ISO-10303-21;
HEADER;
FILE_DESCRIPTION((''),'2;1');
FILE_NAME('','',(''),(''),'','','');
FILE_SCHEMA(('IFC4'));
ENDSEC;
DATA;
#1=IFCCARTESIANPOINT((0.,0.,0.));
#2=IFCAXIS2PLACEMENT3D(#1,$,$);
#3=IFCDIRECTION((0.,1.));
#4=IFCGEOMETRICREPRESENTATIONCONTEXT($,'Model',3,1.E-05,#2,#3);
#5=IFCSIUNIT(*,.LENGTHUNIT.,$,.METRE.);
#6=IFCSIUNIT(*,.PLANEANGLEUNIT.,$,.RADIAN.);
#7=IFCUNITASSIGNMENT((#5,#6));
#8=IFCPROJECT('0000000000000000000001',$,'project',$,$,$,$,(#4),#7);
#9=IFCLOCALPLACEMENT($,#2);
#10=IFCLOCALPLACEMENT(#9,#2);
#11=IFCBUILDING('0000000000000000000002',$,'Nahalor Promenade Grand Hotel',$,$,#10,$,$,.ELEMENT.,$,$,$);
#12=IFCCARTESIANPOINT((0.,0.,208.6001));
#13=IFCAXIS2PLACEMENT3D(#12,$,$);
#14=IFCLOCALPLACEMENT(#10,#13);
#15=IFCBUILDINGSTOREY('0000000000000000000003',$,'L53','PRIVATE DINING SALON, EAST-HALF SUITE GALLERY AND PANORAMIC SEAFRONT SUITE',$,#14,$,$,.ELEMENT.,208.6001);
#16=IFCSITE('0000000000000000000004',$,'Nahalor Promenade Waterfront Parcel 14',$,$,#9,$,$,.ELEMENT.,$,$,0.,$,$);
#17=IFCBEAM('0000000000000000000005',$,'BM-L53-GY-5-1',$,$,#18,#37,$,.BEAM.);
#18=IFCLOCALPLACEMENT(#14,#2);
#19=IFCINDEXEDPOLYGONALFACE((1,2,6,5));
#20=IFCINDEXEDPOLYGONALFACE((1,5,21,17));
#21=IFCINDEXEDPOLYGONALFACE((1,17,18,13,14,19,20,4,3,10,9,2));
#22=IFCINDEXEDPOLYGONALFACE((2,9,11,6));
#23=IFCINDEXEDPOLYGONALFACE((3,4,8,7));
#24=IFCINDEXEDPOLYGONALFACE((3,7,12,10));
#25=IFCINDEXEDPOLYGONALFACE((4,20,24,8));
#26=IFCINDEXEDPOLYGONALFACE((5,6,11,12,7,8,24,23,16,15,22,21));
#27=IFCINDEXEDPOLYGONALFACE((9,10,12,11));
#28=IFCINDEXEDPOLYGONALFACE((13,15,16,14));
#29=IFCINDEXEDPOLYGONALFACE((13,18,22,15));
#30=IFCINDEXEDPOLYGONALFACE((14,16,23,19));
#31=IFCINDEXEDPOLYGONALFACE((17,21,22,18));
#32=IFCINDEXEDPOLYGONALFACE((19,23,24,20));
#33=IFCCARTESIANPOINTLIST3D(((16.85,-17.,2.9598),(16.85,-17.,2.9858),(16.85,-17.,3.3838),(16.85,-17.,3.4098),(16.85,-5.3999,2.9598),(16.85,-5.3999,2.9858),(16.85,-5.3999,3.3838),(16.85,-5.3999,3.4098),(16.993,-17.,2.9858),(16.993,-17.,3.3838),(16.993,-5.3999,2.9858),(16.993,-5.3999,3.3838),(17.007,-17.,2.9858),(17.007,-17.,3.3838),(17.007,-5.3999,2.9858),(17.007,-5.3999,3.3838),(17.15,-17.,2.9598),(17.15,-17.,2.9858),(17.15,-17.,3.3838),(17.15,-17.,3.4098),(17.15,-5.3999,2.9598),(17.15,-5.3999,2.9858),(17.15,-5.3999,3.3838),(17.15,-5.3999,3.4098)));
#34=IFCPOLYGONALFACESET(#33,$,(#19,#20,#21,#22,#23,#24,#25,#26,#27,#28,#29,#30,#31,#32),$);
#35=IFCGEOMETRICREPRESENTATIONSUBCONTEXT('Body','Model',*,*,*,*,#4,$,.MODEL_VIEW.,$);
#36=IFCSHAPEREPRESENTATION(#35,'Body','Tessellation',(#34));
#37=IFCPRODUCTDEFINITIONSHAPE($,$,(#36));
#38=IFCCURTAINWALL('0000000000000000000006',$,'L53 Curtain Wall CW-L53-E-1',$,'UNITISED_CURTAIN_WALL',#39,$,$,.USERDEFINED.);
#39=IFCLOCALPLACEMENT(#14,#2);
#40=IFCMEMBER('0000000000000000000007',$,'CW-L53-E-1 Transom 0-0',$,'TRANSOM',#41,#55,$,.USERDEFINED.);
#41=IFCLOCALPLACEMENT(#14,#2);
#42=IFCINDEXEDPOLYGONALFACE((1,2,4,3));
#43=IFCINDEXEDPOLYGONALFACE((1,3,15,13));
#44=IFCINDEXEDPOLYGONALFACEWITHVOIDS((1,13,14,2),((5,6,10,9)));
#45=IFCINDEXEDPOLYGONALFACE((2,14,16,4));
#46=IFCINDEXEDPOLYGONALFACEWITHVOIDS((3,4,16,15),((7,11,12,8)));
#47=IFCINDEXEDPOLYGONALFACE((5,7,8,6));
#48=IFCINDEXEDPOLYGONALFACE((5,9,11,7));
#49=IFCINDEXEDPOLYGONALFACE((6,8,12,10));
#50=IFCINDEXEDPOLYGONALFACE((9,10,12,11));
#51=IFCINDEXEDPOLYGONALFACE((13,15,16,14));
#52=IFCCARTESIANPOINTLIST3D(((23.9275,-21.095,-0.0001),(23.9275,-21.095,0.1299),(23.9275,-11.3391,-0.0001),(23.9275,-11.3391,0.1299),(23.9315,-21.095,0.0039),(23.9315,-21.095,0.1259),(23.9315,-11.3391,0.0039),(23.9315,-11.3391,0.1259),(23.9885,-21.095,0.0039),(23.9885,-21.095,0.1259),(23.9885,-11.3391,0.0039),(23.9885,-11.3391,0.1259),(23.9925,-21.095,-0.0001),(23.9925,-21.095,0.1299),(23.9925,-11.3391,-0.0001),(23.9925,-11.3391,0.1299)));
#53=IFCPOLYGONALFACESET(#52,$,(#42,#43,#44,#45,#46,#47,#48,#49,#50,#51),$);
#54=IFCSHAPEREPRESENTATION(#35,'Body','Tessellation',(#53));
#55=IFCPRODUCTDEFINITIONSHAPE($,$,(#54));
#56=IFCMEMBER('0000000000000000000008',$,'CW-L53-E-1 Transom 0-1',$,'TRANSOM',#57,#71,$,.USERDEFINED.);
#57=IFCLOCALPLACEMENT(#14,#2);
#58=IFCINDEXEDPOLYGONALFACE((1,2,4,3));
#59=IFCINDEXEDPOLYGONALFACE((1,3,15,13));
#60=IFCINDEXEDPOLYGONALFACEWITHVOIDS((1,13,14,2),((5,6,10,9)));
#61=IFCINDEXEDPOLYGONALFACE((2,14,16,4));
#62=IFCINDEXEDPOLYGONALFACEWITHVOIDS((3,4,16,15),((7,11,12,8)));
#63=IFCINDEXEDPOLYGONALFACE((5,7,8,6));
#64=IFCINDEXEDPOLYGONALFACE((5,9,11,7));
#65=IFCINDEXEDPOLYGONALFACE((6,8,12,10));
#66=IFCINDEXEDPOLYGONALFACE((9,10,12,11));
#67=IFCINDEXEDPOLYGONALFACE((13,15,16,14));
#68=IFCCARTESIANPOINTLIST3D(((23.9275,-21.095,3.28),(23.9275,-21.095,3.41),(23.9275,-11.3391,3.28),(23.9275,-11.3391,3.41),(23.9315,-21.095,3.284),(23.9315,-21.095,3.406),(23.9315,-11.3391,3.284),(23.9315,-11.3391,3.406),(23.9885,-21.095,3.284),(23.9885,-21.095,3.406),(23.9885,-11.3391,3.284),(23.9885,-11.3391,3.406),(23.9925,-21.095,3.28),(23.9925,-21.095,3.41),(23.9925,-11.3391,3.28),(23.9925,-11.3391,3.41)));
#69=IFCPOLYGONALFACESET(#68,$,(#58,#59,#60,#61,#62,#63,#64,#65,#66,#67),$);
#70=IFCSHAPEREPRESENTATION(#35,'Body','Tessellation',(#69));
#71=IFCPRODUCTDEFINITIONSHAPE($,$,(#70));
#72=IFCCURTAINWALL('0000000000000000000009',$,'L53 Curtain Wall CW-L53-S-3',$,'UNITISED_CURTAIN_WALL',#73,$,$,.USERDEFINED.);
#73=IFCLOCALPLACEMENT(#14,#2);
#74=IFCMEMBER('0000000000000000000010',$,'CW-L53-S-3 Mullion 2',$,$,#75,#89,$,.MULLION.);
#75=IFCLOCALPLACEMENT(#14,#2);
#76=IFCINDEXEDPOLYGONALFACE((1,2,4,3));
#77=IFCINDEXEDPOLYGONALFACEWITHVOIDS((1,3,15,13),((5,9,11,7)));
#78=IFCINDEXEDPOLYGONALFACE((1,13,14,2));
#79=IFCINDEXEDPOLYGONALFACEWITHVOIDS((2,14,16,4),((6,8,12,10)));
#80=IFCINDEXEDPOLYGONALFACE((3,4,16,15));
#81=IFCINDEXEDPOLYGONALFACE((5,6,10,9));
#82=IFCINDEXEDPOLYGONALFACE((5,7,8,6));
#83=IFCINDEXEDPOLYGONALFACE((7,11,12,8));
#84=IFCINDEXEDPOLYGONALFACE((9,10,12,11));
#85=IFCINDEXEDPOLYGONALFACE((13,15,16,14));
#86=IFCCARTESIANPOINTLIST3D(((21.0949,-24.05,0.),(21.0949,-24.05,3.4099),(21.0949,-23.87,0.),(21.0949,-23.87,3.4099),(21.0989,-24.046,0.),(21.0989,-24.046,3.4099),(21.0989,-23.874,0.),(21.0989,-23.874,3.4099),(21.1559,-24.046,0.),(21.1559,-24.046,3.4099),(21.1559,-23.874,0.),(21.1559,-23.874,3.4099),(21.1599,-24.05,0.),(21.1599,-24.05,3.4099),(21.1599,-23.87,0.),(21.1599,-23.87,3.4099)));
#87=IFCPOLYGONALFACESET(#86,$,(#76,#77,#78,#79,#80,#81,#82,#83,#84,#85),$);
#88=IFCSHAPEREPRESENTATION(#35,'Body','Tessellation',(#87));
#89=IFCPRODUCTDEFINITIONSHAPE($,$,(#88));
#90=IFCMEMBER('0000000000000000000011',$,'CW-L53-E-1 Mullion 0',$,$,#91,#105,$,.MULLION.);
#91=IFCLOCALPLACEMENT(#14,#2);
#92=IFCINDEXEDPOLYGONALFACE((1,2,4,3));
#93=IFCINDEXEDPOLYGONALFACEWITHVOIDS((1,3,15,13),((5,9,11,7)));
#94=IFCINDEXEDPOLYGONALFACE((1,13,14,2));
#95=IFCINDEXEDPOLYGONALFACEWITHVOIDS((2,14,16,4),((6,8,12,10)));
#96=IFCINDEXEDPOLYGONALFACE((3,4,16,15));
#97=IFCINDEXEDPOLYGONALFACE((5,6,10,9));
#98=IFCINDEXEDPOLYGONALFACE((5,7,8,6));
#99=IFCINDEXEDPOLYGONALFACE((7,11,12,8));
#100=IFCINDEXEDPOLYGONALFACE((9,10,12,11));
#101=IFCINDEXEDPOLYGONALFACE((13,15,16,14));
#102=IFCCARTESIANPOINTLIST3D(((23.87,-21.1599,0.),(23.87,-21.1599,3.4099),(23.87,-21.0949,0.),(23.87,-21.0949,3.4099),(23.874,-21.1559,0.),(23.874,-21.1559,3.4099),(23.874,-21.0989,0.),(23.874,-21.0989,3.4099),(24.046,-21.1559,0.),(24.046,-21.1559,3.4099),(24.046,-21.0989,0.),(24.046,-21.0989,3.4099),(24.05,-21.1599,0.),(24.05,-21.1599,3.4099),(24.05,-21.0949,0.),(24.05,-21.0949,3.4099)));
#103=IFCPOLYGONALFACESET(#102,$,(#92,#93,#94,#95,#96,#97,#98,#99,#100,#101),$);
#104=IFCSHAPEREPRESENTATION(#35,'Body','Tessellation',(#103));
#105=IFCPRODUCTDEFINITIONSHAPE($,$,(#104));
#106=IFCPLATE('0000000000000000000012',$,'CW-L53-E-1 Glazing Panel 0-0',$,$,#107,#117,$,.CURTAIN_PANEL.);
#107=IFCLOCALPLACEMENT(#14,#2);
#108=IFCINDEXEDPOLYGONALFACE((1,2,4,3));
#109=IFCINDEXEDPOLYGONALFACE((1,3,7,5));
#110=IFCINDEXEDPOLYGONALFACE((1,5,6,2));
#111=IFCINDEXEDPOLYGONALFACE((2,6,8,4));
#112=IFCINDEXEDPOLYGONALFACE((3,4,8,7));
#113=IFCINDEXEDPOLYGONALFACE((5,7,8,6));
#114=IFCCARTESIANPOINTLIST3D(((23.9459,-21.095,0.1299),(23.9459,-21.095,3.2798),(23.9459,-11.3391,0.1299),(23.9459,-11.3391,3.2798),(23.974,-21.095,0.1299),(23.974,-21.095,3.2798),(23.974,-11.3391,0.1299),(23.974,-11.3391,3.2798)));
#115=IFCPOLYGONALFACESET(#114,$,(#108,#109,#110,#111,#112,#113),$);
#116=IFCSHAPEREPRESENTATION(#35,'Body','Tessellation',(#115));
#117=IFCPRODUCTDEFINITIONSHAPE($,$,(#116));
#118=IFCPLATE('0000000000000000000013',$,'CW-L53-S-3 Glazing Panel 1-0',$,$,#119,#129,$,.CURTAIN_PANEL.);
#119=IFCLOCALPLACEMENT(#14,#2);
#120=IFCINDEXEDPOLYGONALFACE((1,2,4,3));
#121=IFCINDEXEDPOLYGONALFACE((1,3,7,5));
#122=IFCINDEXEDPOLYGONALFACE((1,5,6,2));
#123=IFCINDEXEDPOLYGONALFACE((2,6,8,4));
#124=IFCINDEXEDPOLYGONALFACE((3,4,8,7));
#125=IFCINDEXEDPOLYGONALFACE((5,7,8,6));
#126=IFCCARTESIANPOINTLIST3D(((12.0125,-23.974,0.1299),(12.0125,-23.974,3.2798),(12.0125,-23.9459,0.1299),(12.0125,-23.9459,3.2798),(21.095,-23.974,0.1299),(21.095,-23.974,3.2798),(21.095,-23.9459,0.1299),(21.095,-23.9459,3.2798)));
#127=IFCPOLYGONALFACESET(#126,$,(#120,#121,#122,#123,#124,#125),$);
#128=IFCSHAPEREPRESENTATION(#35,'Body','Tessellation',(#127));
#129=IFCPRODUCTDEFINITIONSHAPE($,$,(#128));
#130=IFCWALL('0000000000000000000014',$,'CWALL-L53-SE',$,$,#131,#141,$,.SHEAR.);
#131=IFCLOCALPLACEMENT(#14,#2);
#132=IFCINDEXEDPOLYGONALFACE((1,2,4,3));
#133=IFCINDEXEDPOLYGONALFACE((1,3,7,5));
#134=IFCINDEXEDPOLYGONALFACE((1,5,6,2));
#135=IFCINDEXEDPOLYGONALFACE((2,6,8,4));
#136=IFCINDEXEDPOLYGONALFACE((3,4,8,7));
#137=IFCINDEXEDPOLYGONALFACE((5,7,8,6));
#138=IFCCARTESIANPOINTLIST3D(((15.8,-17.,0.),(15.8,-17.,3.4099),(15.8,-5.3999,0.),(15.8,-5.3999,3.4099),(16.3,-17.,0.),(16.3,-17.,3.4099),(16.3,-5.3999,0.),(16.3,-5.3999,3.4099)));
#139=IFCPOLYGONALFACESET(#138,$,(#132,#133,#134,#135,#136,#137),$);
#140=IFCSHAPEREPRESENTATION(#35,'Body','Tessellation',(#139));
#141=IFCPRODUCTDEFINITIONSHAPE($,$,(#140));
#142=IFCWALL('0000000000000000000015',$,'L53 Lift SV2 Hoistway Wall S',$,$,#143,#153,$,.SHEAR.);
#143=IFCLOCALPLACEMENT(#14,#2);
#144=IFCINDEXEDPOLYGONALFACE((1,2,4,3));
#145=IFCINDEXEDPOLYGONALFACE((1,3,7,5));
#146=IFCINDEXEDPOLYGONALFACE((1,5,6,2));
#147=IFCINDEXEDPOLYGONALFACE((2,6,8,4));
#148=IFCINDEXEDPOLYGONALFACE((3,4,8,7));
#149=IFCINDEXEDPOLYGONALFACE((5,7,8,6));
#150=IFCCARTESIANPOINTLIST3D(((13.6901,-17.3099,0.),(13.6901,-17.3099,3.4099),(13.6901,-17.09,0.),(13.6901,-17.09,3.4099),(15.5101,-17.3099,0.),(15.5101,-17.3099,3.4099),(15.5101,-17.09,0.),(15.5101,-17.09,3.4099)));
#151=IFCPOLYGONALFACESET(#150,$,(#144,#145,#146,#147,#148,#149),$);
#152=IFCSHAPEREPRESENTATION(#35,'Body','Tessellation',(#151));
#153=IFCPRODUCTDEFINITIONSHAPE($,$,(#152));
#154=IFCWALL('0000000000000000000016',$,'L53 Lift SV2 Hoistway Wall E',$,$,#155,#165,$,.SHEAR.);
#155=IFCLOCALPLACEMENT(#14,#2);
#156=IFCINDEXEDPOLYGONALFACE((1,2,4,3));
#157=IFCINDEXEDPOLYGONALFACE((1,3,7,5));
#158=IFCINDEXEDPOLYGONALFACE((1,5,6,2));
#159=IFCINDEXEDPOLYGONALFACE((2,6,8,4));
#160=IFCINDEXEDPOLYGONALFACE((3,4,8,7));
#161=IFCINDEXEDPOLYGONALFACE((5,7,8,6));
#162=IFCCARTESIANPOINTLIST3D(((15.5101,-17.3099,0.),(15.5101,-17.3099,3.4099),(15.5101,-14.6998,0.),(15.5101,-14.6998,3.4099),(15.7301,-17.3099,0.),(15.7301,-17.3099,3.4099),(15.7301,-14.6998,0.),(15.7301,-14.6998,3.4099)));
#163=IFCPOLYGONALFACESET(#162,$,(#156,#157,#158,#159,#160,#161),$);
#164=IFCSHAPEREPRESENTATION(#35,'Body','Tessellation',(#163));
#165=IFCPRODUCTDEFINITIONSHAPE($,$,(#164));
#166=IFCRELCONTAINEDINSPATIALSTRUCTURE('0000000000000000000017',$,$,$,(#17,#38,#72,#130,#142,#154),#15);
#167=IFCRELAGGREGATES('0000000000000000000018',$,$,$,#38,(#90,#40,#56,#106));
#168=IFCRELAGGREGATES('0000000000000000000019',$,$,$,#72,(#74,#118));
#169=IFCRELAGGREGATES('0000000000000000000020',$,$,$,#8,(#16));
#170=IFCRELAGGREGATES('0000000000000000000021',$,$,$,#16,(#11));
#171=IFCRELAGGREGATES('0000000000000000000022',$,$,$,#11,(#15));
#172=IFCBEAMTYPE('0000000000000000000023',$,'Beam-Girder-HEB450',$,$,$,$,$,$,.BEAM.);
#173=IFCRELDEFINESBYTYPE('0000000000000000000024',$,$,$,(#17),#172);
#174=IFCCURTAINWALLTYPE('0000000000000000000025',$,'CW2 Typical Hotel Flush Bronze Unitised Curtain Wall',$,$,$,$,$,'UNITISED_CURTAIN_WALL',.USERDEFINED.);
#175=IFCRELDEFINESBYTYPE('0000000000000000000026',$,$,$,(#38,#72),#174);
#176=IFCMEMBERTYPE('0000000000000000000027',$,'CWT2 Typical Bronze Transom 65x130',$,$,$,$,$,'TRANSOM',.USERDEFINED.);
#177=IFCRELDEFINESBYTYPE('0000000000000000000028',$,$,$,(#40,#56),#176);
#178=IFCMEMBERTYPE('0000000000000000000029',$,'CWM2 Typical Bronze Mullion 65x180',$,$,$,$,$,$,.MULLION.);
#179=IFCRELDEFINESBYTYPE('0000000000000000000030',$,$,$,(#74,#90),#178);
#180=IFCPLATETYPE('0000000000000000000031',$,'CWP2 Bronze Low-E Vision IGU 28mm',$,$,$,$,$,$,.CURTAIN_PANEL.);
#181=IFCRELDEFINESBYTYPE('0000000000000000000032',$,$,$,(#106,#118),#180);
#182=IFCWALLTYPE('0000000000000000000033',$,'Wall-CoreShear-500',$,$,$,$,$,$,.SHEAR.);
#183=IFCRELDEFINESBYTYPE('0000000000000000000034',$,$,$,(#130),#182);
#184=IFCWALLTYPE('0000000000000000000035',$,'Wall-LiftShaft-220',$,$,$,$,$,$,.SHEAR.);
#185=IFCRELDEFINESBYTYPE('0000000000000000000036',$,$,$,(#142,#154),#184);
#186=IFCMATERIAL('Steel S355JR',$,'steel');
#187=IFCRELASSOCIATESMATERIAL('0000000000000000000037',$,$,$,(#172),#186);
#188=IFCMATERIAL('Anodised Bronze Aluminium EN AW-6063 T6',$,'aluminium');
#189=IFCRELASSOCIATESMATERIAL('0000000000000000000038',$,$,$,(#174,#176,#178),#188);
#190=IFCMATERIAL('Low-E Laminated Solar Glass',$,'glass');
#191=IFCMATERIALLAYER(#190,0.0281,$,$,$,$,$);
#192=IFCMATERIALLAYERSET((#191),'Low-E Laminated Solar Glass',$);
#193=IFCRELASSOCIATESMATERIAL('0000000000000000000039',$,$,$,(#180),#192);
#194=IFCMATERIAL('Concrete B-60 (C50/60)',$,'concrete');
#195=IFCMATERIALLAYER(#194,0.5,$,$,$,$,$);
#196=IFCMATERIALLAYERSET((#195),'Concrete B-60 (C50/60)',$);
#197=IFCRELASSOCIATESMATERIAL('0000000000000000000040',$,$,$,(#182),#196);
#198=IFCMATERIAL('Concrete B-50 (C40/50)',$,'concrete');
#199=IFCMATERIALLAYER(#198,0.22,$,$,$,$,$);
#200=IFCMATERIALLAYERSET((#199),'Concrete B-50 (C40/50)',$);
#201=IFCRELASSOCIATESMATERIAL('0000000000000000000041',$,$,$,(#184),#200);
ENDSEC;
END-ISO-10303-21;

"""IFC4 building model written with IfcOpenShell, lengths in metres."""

from ifc_helpers import new_model, si_unit, direction, frame, frame_2d, origin, origin_2d, place, context, subcontext, project, spatial, rectangle, hollow_rectangle, i_section, extrude, source, transform, mapped, material, layer, layer_set, material_profile, profile_set, type_object, element, aggregate, save


model = new_model("IFC4")

# Units and contexts
model_context = context("Model", 3, precision=1e-05, world=origin(), true_north=direction((0.0, 1.0)))
body_context = subcontext(model_context, "Body", "Model", "MODEL_VIEW")
ifc_project = project(units=[si_unit("LENGTHUNIT", "METRE"), si_unit("PLANEANGLEUNIT", "RADIAN")], contexts=[model_context])

# Site, building, storey
site_placement = place(None, origin())
site = spatial("IfcSite", under=ifc_project, at=site_placement, Name="Nahalor Promenade Waterfront Parcel 14", CompositionType="ELEMENT", RefElevation=0.0)
building_placement = place(site_placement, origin())
building = spatial("IfcBuilding", under=site, at=building_placement, Name="Nahalor Promenade Grand Hotel", CompositionType="ELEMENT")
storey_placement = place(building_placement, frame((0.0, 0.0, 208.6001)))
storey = spatial("IfcBuildingStorey", under=building, at=storey_placement, Name="L53", Description="PRIVATE DINING SALON, EAST-HALF SUITE GALLERY AND PANORAMIC SEAFRONT SUITE", CompositionType="ELEMENT", Elevation=208.6001)

# Shared definitions
ifc_material_1 = material(Name="Concrete B-60 (C50/60)", Category="concrete")
ifc_material_2 = material(Name="Steel S355JR", Category="steel")

# Beam
ifc_material_profile_1 = material_profile(ifc_material_2, i_section(OverallWidth=0.3, OverallDepth=0.45, WebThickness=0.014, FlangeThickness=0.026, at=origin_2d()), Name="HEB 450")
ifc_profile_set_1 = profile_set([ifc_material_profile_1], Name="Steel S355JR")
beam_type_1 = type_object("IfcBeamType", Name="Beam-Girder-HEB450", PredefinedType="BEAM", material=ifc_profile_set_1)
shared_shape_1 = source(origin(), body_context, "Body", "SweptSolid", [
    extrude(i_section(OverallWidth=0.3, OverallDepth=0.45, WebThickness=0.014, FlangeThickness=0.026, at=origin_2d()), origin(), (0.0, 0.0, 1.0), 11.6001),
])
beam_1_placement = place(storey_placement, frame((17.0, -17.0, 3.1848), z_axis=(0.0, 1.0, 0.0), x_axis=(-1.0, 0.0, 0.0)))
element("IfcBeam", 1, at=beam_1_placement, inside=storey, type_object=beam_type_1, Name="BM-L53-GY-5-1", PredefinedType="BEAM", context=body_context, shape_type="MappedRepresentation", body=[
    mapped(shared_shape_1, transform((0.0, 0.0, 0.0), scale=1.0)),
])

# Curtain wall, members
ifc_material_3 = material(Name="Anodised Bronze Aluminium EN AW-6063 T6", Category="aluminium")
curtain_wall_type = type_object("IfcCurtainWallType", Name="CW2 Typical Hotel Flush Bronze Unitised Curtain Wall", ElementType="UNITISED_CURTAIN_WALL", PredefinedType="USERDEFINED", material=ifc_material_3)
curtain_wall_1_placement = place(storey_placement, origin())
curtain_wall_1 = element("IfcCurtainWall", 2, at=curtain_wall_1_placement, inside=storey, type_object=curtain_wall_type, Name="L53 Curtain Wall CW-L53-E-1", ObjectType="UNITISED_CURTAIN_WALL", PredefinedType="USERDEFINED")
ifc_material_profile_2 = material_profile(ifc_material_3, hollow_rectangle(XDim=0.065, YDim=0.13, WallThickness=0.004, at=origin_2d()), Name="CWT 65x130x4")
ifc_profile_set_2 = profile_set([ifc_material_profile_2], Name="Anodised Bronze Aluminium EN AW-6063 T6")
member_type_1 = type_object("IfcMemberType", Name="CWT2 Typical Bronze Transom 65x130", ElementType="TRANSOM", PredefinedType="USERDEFINED", material=ifc_profile_set_2)
shared_shape_2 = source(origin(), body_context, "Body", "SweptSolid", [
    extrude(hollow_rectangle(XDim=0.065, YDim=0.13, WallThickness=0.004, at=origin_2d()), origin(), (0.0, 0.0, 1.0), 9.7559),
])
member_1_placement = place(storey_placement, frame((23.96, -21.095, 0.0649), z_axis=(0.0, 1.0, 0.0), x_axis=(-1.0, 0.0, 0.0)))
member_1 = element("IfcMember", 3, at=member_1_placement, type_object=member_type_1, Name="CW-L53-E-1 Transom 0-0", ObjectType="TRANSOM", PredefinedType="USERDEFINED", context=body_context, shape_type="MappedRepresentation", body=[
    mapped(shared_shape_2, transform((0.0, 0.0, 0.0), scale=1.0)),
])
member_2_placement = place(storey_placement, frame((23.96, -21.095, 3.345), z_axis=(0.0, 1.0, 0.0), x_axis=(-1.0, 0.0, 0.0)))
member_2 = element("IfcMember", 4, at=member_2_placement, type_object=member_type_1, Name="CW-L53-E-1 Transom 0-1", ObjectType="TRANSOM", PredefinedType="USERDEFINED", context=body_context, shape_type="MappedRepresentation", body=[
    mapped(shared_shape_2, transform((0.0, 0.0, 0.0), scale=1.0)),
])

# Curtain wall, member
curtain_wall_2_placement = place(storey_placement, origin())
curtain_wall_2 = element("IfcCurtainWall", 5, at=curtain_wall_2_placement, inside=storey, type_object=curtain_wall_type, Name="L53 Curtain Wall CW-L53-S-3", ObjectType="UNITISED_CURTAIN_WALL", PredefinedType="USERDEFINED")
ifc_material_profile_3 = material_profile(ifc_material_3, hollow_rectangle(XDim=0.065, YDim=0.18, WallThickness=0.004, at=origin_2d()), Name="CWM 65x180x4")
ifc_profile_set_3 = profile_set([ifc_material_profile_3], Name="Anodised Bronze Aluminium EN AW-6063 T6")
member_type_2 = type_object("IfcMemberType", Name="CWM2 Typical Bronze Mullion 65x180", PredefinedType="MULLION", material=ifc_profile_set_3)
shared_shape_3 = source(origin(), body_context, "Body", "SweptSolid", [
    extrude(hollow_rectangle(XDim=0.065, YDim=0.18, WallThickness=0.004, at=origin_2d()), origin(), (0.0, 0.0, 1.0), 3.4099),
])
member_3_placement = place(storey_placement, frame((21.1274, -23.96, 0.0), z_axis=(0.0, 0.0, 1.0), x_axis=(1.0, 0.0, 0.0)))
member_3 = element("IfcMember", 6, at=member_3_placement, type_object=member_type_2, Name="CW-L53-S-3 Mullion 2", PredefinedType="MULLION", context=body_context, shape_type="MappedRepresentation", body=[
    mapped(shared_shape_3, transform((0.0, 0.0, 0.0), scale=1.0)),
])

# Member
member_4_placement = place(storey_placement, frame((23.96, -21.1274, 0.0), z_axis=(0.0, 0.0, 1.0), x_axis=(0.0, 1.0, 0.0)))
member_4 = element("IfcMember", 7, at=member_4_placement, type_object=member_type_2, Name="CW-L53-E-1 Mullion 0", PredefinedType="MULLION", context=body_context, shape_type="MappedRepresentation", body=[
    mapped(shared_shape_3, transform((0.0, 0.0, 0.0), scale=1.0)),
])

# Plates
ifc_material_4 = material(Name="Low-E Laminated Solar Glass", Category="glass")
ifc_layer_1 = layer(ifc_material_4, 0.0281)
ifc_layer_set_1 = layer_set([ifc_layer_1], Name="Low-E Laminated Solar Glass")
plate_type = type_object("IfcPlateType", Name="CWP2 Bronze Low-E Vision IGU 28mm", PredefinedType="CURTAIN_PANEL", material=ifc_layer_set_1)
shared_shape_4 = source(origin(), body_context, "Body", "SweptSolid", [
    extrude(rectangle(XDim=9.7559, YDim=0.0281, at=origin_2d()), origin(), (0.0, 0.0, 1.0), 3.1499),
])
plate_1_placement = place(storey_placement, frame((23.96, -16.217, 0.1299), z_axis=(0.0, 0.0, 1.0), x_axis=(0.0, 1.0, 0.0)))
plate_1 = element("IfcPlate", 8, at=plate_1_placement, type_object=plate_type, Name="CW-L53-E-1 Glazing Panel 0-0", PredefinedType="CURTAIN_PANEL", context=body_context, shape_type="MappedRepresentation", body=[
    mapped(shared_shape_4, transform((0.0, 0.0, 0.0), scale=1.0)),
])
aggregate(curtain_wall_1, [member_4, member_1, member_2, plate_1])
shared_shape_5 = source(origin(), body_context, "Body", "SweptSolid", [
    extrude(rectangle(XDim=9.0825, YDim=0.0281, at=origin_2d()), origin(), (0.0, 0.0, 1.0), 3.1499),
])
plate_2_placement = place(storey_placement, frame((16.5537, -23.96, 0.1299), z_axis=(0.0, 0.0, 1.0), x_axis=(1.0, 0.0, 0.0)))
plate_2 = element("IfcPlate", 9, at=plate_2_placement, type_object=plate_type, Name="CW-L53-S-3 Glazing Panel 1-0", PredefinedType="CURTAIN_PANEL", context=body_context, shape_type="MappedRepresentation", body=[
    mapped(shared_shape_5, transform((0.0, 0.0, 0.0), scale=1.0)),
])
aggregate(curtain_wall_2, [member_3, plate_2])

# Walls
ifc_layer_2 = layer(ifc_material_1, 0.5)
ifc_layer_set_2 = layer_set([ifc_layer_2], Name="Concrete B-60 (C50/60)")
wall_type_1 = type_object("IfcWallType", Name="Wall-CoreShear-500", PredefinedType="SHEAR", material=ifc_layer_set_2)
shared_shape_6 = source(origin(), body_context, "Body", "SweptSolid", [
    extrude(rectangle(XDim=11.6001, YDim=0.5, at=frame_2d((5.8, 0.0))), origin(), (0.0, 0.0, 1.0), 3.4099),
])
wall_1_placement = place(storey_placement, frame((16.05, -17.0, 0.0), z_axis=(0.0, 0.0, 1.0), x_axis=(0.0, 1.0, 0.0)))
element("IfcWall", 10, at=wall_1_placement, inside=storey, type_object=wall_type_1, Name="CWALL-L53-SE", PredefinedType="SHEAR", context=body_context, shape_type="MappedRepresentation", body=[
    mapped(shared_shape_6, transform((0.0, 0.0, 0.0), scale=1.0)),
])
ifc_material_5 = material(Name="Concrete B-50 (C40/50)", Category="concrete")
ifc_layer_3 = layer(ifc_material_5, 0.22)
ifc_layer_set_3 = layer_set([ifc_layer_3], Name="Concrete B-50 (C40/50)")
wall_type_2 = type_object("IfcWallType", Name="Wall-LiftShaft-220", PredefinedType="SHEAR", material=ifc_layer_set_3)
shared_shape_7 = source(origin(), body_context, "Body", "SweptSolid", [
    extrude(rectangle(XDim=1.8201, YDim=0.22, at=frame_2d((0.9102, 0.0))), origin(), (0.0, 0.0, 1.0), 3.4099),
])
wall_2_placement = place(storey_placement, frame((13.6899, -17.2, 0.0), z_axis=(0.0, 0.0, 1.0), x_axis=(1.0, 0.0, 0.0)))
element("IfcWall", 11, at=wall_2_placement, inside=storey, type_object=wall_type_2, Name="L53 Lift SV2 Hoistway Wall S", PredefinedType="SHEAR", context=body_context, shape_type="MappedRepresentation", body=[
    mapped(shared_shape_7, transform((0.0, 0.0, 0.0), scale=1.0)),
])
shared_shape_8 = source(origin(), body_context, "Body", "SweptSolid", [
    extrude(rectangle(XDim=2.6101, YDim=0.22, at=frame_2d((1.3052, 0.0))), origin(), (0.0, 0.0, 1.0), 3.4099),
])
wall_3_placement = place(storey_placement, frame((15.6201, -17.3101, 0.0), z_axis=(0.0, 0.0, 1.0), x_axis=(0.0, 1.0, 0.0)))
element("IfcWall", 12, at=wall_3_placement, inside=storey, type_object=wall_type_2, Name="L53 Lift SV2 Hoistway Wall E", PredefinedType="SHEAR", context=body_context, shape_type="MappedRepresentation", body=[
    mapped(shared_shape_8, transform((0.0, 0.0, 0.0), scale=1.0)),
])

save(model, "model.ifc")
